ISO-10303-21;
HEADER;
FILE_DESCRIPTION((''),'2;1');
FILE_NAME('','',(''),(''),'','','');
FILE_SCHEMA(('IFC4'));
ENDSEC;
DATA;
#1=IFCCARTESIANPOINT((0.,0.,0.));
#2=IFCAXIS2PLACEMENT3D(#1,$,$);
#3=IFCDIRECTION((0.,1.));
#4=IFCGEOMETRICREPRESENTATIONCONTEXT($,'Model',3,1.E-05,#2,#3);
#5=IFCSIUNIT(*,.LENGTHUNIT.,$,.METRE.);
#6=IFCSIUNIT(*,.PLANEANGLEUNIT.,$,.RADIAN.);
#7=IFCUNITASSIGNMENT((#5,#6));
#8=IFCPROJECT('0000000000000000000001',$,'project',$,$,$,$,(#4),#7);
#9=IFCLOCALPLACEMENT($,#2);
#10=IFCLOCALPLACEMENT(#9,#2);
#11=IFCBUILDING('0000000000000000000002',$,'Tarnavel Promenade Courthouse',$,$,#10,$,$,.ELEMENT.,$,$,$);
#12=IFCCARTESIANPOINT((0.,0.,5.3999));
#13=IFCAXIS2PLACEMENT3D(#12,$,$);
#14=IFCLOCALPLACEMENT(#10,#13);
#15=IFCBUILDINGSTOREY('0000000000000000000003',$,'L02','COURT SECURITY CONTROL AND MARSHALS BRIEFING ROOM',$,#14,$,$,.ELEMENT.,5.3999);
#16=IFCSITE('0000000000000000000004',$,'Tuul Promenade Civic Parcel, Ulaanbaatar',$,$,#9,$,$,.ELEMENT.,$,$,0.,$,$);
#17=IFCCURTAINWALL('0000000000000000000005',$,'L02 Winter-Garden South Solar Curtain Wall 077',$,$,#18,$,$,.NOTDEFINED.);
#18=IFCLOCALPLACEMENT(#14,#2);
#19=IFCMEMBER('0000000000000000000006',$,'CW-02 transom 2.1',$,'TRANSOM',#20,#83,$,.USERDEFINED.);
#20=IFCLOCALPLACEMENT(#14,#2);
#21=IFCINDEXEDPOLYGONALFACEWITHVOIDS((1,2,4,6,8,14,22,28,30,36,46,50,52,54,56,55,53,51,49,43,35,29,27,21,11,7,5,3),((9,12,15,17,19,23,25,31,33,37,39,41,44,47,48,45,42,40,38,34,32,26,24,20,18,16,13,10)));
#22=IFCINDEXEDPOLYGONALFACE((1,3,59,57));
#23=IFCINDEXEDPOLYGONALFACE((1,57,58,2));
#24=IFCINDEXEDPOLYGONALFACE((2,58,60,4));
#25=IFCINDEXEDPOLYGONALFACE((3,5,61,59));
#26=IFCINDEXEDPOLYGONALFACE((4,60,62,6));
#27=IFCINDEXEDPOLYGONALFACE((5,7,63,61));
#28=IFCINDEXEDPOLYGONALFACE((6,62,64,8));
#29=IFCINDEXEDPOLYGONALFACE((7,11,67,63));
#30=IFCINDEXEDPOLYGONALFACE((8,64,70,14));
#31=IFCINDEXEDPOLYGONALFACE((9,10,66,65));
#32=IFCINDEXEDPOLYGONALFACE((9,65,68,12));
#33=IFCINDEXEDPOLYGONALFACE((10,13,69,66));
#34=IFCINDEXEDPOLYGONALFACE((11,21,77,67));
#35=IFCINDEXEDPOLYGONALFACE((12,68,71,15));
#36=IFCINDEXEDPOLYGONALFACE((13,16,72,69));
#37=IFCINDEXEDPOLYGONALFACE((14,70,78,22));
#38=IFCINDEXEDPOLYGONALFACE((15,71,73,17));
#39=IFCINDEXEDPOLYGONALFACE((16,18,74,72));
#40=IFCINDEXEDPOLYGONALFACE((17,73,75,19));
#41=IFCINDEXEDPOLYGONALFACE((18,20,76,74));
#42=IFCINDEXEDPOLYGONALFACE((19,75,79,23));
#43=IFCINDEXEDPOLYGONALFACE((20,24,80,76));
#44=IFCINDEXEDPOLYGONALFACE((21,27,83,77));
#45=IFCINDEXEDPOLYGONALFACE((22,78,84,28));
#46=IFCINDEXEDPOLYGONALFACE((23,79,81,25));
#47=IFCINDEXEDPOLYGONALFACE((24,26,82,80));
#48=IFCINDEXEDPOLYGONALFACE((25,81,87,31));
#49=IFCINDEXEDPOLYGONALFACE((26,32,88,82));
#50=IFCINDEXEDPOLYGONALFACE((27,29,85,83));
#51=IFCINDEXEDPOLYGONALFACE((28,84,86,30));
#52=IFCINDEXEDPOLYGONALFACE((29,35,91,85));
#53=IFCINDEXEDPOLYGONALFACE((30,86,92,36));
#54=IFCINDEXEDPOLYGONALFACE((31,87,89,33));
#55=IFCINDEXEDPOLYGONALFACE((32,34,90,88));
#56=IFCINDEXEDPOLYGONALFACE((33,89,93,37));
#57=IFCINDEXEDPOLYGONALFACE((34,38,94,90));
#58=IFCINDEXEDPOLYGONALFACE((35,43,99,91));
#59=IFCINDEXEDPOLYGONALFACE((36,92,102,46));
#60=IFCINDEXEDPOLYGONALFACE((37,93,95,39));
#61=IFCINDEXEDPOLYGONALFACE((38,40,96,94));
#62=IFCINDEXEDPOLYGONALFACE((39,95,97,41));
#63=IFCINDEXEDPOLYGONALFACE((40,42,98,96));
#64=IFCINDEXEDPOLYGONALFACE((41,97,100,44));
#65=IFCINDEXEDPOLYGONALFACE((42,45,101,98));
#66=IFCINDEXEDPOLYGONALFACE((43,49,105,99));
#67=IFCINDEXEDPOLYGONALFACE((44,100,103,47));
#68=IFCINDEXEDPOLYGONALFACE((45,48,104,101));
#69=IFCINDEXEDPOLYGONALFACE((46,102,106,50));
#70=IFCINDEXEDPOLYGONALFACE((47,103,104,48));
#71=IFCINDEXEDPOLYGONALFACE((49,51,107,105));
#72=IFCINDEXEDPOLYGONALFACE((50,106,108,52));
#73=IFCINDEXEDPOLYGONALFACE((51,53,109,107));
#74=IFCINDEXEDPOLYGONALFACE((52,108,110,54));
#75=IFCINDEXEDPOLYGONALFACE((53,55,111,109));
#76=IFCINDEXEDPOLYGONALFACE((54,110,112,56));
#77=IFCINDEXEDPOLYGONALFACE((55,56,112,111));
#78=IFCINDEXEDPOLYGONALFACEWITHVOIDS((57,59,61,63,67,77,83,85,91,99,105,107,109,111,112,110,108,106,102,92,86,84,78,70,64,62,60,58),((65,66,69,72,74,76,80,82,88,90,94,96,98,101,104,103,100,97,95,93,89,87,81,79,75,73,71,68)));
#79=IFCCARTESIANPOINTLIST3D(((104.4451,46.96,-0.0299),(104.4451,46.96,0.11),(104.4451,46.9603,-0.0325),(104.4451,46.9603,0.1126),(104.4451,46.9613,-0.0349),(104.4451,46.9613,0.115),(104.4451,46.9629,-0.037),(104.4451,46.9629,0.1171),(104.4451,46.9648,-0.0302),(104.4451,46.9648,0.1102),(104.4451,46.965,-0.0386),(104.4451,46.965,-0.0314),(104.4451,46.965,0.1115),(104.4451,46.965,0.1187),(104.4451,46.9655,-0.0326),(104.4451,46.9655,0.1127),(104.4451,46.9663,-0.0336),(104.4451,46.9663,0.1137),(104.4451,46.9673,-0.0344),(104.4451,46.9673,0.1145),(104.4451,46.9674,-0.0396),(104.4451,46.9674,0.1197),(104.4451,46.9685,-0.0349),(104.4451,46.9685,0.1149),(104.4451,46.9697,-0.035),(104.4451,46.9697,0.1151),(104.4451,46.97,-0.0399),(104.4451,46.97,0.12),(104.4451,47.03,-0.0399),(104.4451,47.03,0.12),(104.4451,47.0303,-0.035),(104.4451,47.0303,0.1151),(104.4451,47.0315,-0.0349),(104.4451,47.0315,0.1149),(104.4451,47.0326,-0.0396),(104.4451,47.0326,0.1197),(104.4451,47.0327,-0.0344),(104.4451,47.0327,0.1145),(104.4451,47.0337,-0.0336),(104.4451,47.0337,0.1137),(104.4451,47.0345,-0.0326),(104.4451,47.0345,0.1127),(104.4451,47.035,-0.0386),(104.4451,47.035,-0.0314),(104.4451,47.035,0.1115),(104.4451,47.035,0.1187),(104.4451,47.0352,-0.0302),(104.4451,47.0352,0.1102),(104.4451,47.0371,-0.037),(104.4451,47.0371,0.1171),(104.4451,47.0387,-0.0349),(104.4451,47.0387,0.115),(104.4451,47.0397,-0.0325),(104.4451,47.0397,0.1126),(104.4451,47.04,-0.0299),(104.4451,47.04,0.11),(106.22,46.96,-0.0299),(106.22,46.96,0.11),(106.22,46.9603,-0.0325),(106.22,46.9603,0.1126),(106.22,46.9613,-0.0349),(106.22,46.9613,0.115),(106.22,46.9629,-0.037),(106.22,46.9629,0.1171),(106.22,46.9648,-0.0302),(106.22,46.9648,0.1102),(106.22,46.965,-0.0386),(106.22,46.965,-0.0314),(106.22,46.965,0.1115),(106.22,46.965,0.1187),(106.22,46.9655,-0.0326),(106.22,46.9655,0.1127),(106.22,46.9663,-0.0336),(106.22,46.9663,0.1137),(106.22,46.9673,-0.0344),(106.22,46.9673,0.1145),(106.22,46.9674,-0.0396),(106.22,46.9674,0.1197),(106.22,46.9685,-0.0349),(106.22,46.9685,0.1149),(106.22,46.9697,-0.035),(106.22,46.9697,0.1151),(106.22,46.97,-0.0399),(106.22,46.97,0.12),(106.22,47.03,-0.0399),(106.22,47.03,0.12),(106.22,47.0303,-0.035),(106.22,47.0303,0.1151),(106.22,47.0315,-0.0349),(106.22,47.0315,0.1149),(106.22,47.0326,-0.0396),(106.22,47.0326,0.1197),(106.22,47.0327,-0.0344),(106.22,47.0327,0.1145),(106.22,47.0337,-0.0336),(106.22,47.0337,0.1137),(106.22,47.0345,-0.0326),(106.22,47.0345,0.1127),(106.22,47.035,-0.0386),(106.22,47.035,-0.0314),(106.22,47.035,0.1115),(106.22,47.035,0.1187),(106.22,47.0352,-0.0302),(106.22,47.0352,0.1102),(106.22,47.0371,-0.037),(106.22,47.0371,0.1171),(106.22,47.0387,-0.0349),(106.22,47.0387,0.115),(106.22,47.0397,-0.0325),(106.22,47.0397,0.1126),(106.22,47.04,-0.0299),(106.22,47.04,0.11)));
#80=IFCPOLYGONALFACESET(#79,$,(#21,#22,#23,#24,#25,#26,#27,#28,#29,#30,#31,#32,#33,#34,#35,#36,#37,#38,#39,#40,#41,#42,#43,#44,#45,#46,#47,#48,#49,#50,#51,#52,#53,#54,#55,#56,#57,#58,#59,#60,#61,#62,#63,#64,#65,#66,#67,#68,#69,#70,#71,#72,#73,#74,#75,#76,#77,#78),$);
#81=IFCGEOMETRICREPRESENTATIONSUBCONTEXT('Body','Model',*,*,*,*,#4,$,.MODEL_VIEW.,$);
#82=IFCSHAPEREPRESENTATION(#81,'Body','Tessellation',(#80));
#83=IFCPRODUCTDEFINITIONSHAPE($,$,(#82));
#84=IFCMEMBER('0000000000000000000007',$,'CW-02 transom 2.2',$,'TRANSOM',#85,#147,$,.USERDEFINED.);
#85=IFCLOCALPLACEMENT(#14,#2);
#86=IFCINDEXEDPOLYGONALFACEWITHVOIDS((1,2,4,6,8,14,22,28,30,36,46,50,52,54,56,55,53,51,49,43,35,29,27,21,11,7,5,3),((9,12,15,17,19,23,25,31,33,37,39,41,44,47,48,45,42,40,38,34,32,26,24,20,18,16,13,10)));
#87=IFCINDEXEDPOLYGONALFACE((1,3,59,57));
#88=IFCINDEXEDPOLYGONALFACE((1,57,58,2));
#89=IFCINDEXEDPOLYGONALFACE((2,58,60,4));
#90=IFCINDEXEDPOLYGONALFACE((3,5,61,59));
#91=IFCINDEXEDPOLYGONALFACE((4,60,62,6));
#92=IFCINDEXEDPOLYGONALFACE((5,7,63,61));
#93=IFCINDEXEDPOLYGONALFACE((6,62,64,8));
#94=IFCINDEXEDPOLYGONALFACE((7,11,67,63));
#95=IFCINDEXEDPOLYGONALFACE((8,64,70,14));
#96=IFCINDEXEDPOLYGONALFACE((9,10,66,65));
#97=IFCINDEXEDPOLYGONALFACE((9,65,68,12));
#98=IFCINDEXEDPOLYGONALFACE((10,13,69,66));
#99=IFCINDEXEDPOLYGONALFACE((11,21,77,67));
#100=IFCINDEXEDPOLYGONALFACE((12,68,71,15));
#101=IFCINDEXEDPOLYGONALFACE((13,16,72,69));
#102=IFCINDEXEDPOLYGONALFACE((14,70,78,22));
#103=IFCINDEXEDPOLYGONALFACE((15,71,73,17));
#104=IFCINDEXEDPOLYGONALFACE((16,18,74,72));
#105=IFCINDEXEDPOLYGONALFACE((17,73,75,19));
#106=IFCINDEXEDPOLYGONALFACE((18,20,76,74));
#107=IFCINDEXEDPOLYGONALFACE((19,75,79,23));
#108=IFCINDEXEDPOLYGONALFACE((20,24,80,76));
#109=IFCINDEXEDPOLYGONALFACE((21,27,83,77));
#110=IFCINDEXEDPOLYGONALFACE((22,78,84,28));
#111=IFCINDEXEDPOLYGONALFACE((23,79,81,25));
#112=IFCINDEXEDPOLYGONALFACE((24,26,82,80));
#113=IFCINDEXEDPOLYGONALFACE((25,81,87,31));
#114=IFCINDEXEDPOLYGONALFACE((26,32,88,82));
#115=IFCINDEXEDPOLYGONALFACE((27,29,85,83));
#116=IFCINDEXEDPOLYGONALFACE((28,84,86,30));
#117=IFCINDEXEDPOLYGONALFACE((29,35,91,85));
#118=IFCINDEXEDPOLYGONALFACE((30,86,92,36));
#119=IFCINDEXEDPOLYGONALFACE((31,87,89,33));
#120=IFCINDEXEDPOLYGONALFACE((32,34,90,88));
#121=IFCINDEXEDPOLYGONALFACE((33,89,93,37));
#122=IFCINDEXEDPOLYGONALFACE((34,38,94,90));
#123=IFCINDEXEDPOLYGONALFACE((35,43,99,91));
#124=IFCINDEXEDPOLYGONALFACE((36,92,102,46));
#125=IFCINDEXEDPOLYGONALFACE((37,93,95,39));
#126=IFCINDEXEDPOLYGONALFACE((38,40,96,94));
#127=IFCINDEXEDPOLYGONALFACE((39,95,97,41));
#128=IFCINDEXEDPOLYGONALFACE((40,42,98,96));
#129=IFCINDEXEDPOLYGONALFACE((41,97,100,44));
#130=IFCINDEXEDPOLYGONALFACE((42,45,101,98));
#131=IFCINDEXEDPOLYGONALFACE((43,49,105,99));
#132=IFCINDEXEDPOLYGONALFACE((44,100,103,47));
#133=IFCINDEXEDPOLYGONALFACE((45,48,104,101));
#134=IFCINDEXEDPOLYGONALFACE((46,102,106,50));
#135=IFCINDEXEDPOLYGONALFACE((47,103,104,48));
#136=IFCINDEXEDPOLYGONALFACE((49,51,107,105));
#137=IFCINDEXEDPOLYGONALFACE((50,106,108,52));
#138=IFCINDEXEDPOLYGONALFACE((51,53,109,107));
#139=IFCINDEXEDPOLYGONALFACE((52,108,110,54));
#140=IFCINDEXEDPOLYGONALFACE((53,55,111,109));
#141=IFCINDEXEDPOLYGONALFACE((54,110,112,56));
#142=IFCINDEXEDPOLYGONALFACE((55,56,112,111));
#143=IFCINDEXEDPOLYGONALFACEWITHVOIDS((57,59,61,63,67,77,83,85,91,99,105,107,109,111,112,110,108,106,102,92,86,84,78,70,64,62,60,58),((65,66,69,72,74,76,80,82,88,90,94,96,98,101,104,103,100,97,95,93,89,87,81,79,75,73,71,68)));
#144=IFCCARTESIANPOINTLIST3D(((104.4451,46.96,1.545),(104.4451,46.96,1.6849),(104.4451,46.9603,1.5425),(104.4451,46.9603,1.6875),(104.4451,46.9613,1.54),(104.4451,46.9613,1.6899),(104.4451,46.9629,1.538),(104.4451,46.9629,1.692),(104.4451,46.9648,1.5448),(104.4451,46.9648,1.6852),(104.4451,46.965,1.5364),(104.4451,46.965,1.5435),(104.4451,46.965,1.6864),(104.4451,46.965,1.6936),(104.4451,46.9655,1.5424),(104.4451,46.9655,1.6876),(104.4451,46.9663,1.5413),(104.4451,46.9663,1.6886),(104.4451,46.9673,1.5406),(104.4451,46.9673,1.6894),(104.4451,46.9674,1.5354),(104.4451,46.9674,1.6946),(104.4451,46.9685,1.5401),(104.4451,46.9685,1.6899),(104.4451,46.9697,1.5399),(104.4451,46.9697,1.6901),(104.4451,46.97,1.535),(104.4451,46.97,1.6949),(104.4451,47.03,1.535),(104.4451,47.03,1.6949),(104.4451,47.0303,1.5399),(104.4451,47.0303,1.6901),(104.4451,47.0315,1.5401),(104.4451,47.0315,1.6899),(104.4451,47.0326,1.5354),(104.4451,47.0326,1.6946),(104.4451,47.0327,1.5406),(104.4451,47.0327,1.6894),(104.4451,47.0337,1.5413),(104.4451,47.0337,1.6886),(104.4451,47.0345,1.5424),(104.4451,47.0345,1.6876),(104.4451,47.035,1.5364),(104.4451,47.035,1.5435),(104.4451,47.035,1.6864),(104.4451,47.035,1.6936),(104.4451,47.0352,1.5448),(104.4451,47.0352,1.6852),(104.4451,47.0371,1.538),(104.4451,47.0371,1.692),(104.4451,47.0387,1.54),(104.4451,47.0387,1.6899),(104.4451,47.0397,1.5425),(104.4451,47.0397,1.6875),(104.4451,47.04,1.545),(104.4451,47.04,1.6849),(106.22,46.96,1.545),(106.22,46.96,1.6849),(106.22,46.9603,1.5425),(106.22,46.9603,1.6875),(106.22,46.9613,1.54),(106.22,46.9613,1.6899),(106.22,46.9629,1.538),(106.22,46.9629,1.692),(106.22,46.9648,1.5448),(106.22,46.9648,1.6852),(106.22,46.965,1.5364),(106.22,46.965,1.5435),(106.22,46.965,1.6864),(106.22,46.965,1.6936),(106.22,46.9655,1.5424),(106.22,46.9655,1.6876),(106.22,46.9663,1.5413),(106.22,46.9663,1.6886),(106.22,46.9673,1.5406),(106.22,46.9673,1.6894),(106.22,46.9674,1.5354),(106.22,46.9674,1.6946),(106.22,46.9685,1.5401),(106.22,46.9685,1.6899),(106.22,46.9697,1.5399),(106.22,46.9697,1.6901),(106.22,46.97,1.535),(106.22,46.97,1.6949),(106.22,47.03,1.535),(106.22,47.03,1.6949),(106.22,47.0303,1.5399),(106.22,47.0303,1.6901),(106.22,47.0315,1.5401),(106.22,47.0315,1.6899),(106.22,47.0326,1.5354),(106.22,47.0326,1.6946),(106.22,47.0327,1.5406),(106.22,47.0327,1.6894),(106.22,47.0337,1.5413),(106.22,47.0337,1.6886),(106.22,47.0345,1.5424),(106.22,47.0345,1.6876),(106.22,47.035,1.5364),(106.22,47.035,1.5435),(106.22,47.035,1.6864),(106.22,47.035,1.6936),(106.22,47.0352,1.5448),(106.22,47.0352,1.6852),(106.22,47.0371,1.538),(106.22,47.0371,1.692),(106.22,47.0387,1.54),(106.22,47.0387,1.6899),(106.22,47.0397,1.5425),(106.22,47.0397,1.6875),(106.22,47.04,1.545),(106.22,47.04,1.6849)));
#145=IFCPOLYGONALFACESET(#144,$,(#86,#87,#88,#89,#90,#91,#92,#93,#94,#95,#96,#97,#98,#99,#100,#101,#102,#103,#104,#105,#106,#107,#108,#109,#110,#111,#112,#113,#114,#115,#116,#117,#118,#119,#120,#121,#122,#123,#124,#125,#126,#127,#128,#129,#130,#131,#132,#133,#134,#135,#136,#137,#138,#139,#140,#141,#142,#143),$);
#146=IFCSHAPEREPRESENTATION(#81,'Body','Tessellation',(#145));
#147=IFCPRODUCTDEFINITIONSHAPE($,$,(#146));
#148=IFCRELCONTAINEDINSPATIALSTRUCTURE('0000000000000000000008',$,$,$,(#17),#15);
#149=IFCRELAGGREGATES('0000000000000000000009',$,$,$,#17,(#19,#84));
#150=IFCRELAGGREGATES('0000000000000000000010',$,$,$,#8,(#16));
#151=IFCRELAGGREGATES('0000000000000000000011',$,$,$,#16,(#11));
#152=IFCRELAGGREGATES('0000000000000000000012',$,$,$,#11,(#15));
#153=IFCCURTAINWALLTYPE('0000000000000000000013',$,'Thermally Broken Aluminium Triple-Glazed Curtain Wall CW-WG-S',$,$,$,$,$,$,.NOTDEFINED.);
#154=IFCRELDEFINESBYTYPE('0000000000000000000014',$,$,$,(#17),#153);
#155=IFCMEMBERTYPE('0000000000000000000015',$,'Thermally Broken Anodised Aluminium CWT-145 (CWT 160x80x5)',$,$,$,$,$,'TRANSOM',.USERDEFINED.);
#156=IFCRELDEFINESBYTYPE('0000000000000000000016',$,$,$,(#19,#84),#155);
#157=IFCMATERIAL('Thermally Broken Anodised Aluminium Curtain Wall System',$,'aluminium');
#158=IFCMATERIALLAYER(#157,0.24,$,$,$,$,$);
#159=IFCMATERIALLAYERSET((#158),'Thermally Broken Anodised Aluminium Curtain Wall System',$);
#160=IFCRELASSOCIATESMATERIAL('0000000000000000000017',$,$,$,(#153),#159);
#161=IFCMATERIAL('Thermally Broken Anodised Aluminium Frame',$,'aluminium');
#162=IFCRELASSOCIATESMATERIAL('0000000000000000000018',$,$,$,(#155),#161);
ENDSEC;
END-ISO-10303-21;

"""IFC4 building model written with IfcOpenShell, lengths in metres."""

from ifc_helpers import new_model, si_unit, direction, frame, origin, origin_2d, place, context, subcontext, project, spatial, hollow_rectangle, extrude, material, layer, layer_set, material_profile, profile_set, type_object, element, aggregate, save


model = new_model("IFC4")

# Units and contexts
model_context = context("Model", 3, precision=1e-05, world=origin(), true_north=direction((0.0, 1.0)))
body_context = subcontext(model_context, "Body", "Model", "MODEL_VIEW")
ifc_project = project(units=[si_unit("LENGTHUNIT", "METRE"), si_unit("PLANEANGLEUNIT", "RADIAN")], contexts=[model_context])

# Site, building, storey
site_placement = place(None, origin())
site = spatial("IfcSite", under=ifc_project, at=site_placement, Name="Tuul Promenade Civic Parcel, Ulaanbaatar", CompositionType="ELEMENT", RefElevation=0.0)
building_placement = place(site_placement, origin())
building = spatial("IfcBuilding", under=site, at=building_placement, Name="Tarnavel Promenade Courthouse", CompositionType="ELEMENT")
storey_placement = place(building_placement, frame((0.0, 0.0, 5.3999)))
storey = spatial("IfcBuildingStorey", under=building, at=storey_placement, Name="L02", Description="COURT SECURITY CONTROL AND MARSHALS BRIEFING ROOM", CompositionType="ELEMENT", Elevation=5.3999)

# Shared definitions
ifc_material_1 = material(Name="Thermally Broken Anodised Aluminium Curtain Wall System", Category="aluminium")
ifc_layer_1 = layer(ifc_material_1, 0.24)
ifc_layer_set_1 = layer_set([ifc_layer_1], Name="Thermally Broken Anodised Aluminium Curtain Wall System")
curtain_wall_type = type_object("IfcCurtainWallType", Name="Thermally Broken Aluminium Triple-Glazed Curtain Wall CW-WG-S", PredefinedType="NOTDEFINED", material=ifc_layer_set_1)
ifc_material_2 = material(Name="Thermally Broken Anodised Aluminium Frame", Category="aluminium")

# Curtain wall
curtain_wall_1_placement = place(storey_placement, origin())
curtain_wall_1 = element("IfcCurtainWall", 1, at=curtain_wall_1_placement, inside=storey, type_object=curtain_wall_type, Name="L02 Winter-Garden South Solar Curtain Wall 077", PredefinedType="NOTDEFINED")

# Members
ifc_material_profile_1 = material_profile(ifc_material_2, hollow_rectangle(XDim=0.0801, YDim=0.1599, WallThickness=0.0049, InnerFilletRadius=0.0049, OuterFilletRadius=0.01, at=origin_2d()), Name="CWT 160x80x5")
ifc_profile_set_1 = profile_set([ifc_material_profile_1], Name="Thermally Broken Anodised Aluminium Frame")
member_type_1 = type_object("IfcMemberType", Name="Thermally Broken Anodised Aluminium CWT-145 (CWT 160x80x5)", ElementType="TRANSOM", PredefinedType="USERDEFINED", material=ifc_profile_set_1)
member_1_placement = place(storey_placement, frame((104.4451, 47.0, 0.04), z_axis=(1.0, 0.0, 0.0), x_axis=(0.0, 1.0, 0.0)))
member_1 = element("IfcMember", 2, at=member_1_placement, type_object=member_type_1, Name="CW-02 transom 2.1", ObjectType="TRANSOM", PredefinedType="USERDEFINED", context=body_context, shape_type="SweptSolid", body=[
    extrude(hollow_rectangle(XDim=0.0801, YDim=0.1599, WallThickness=0.0049, InnerFilletRadius=0.0049, OuterFilletRadius=0.01, at=origin_2d()), origin(), (0.0, 0.0, 1.0), 1.7749),
])
member_2_placement = place(storey_placement, frame((104.4451, 47.0, 1.615), z_axis=(1.0, 0.0, 0.0), x_axis=(0.0, 1.0, 0.0)))
member_2 = element("IfcMember", 3, at=member_2_placement, type_object=member_type_1, Name="CW-02 transom 2.2", ObjectType="TRANSOM", PredefinedType="USERDEFINED", context=body_context, shape_type="SweptSolid", body=[
    extrude(hollow_rectangle(XDim=0.0801, YDim=0.1599, WallThickness=0.0049, InnerFilletRadius=0.0049, OuterFilletRadius=0.01, at=origin_2d()), origin(), (0.0, 0.0, 1.0), 1.7749),
])

aggregate(curtain_wall_1, [member_1, member_2])

save(model, "model.ifc")
